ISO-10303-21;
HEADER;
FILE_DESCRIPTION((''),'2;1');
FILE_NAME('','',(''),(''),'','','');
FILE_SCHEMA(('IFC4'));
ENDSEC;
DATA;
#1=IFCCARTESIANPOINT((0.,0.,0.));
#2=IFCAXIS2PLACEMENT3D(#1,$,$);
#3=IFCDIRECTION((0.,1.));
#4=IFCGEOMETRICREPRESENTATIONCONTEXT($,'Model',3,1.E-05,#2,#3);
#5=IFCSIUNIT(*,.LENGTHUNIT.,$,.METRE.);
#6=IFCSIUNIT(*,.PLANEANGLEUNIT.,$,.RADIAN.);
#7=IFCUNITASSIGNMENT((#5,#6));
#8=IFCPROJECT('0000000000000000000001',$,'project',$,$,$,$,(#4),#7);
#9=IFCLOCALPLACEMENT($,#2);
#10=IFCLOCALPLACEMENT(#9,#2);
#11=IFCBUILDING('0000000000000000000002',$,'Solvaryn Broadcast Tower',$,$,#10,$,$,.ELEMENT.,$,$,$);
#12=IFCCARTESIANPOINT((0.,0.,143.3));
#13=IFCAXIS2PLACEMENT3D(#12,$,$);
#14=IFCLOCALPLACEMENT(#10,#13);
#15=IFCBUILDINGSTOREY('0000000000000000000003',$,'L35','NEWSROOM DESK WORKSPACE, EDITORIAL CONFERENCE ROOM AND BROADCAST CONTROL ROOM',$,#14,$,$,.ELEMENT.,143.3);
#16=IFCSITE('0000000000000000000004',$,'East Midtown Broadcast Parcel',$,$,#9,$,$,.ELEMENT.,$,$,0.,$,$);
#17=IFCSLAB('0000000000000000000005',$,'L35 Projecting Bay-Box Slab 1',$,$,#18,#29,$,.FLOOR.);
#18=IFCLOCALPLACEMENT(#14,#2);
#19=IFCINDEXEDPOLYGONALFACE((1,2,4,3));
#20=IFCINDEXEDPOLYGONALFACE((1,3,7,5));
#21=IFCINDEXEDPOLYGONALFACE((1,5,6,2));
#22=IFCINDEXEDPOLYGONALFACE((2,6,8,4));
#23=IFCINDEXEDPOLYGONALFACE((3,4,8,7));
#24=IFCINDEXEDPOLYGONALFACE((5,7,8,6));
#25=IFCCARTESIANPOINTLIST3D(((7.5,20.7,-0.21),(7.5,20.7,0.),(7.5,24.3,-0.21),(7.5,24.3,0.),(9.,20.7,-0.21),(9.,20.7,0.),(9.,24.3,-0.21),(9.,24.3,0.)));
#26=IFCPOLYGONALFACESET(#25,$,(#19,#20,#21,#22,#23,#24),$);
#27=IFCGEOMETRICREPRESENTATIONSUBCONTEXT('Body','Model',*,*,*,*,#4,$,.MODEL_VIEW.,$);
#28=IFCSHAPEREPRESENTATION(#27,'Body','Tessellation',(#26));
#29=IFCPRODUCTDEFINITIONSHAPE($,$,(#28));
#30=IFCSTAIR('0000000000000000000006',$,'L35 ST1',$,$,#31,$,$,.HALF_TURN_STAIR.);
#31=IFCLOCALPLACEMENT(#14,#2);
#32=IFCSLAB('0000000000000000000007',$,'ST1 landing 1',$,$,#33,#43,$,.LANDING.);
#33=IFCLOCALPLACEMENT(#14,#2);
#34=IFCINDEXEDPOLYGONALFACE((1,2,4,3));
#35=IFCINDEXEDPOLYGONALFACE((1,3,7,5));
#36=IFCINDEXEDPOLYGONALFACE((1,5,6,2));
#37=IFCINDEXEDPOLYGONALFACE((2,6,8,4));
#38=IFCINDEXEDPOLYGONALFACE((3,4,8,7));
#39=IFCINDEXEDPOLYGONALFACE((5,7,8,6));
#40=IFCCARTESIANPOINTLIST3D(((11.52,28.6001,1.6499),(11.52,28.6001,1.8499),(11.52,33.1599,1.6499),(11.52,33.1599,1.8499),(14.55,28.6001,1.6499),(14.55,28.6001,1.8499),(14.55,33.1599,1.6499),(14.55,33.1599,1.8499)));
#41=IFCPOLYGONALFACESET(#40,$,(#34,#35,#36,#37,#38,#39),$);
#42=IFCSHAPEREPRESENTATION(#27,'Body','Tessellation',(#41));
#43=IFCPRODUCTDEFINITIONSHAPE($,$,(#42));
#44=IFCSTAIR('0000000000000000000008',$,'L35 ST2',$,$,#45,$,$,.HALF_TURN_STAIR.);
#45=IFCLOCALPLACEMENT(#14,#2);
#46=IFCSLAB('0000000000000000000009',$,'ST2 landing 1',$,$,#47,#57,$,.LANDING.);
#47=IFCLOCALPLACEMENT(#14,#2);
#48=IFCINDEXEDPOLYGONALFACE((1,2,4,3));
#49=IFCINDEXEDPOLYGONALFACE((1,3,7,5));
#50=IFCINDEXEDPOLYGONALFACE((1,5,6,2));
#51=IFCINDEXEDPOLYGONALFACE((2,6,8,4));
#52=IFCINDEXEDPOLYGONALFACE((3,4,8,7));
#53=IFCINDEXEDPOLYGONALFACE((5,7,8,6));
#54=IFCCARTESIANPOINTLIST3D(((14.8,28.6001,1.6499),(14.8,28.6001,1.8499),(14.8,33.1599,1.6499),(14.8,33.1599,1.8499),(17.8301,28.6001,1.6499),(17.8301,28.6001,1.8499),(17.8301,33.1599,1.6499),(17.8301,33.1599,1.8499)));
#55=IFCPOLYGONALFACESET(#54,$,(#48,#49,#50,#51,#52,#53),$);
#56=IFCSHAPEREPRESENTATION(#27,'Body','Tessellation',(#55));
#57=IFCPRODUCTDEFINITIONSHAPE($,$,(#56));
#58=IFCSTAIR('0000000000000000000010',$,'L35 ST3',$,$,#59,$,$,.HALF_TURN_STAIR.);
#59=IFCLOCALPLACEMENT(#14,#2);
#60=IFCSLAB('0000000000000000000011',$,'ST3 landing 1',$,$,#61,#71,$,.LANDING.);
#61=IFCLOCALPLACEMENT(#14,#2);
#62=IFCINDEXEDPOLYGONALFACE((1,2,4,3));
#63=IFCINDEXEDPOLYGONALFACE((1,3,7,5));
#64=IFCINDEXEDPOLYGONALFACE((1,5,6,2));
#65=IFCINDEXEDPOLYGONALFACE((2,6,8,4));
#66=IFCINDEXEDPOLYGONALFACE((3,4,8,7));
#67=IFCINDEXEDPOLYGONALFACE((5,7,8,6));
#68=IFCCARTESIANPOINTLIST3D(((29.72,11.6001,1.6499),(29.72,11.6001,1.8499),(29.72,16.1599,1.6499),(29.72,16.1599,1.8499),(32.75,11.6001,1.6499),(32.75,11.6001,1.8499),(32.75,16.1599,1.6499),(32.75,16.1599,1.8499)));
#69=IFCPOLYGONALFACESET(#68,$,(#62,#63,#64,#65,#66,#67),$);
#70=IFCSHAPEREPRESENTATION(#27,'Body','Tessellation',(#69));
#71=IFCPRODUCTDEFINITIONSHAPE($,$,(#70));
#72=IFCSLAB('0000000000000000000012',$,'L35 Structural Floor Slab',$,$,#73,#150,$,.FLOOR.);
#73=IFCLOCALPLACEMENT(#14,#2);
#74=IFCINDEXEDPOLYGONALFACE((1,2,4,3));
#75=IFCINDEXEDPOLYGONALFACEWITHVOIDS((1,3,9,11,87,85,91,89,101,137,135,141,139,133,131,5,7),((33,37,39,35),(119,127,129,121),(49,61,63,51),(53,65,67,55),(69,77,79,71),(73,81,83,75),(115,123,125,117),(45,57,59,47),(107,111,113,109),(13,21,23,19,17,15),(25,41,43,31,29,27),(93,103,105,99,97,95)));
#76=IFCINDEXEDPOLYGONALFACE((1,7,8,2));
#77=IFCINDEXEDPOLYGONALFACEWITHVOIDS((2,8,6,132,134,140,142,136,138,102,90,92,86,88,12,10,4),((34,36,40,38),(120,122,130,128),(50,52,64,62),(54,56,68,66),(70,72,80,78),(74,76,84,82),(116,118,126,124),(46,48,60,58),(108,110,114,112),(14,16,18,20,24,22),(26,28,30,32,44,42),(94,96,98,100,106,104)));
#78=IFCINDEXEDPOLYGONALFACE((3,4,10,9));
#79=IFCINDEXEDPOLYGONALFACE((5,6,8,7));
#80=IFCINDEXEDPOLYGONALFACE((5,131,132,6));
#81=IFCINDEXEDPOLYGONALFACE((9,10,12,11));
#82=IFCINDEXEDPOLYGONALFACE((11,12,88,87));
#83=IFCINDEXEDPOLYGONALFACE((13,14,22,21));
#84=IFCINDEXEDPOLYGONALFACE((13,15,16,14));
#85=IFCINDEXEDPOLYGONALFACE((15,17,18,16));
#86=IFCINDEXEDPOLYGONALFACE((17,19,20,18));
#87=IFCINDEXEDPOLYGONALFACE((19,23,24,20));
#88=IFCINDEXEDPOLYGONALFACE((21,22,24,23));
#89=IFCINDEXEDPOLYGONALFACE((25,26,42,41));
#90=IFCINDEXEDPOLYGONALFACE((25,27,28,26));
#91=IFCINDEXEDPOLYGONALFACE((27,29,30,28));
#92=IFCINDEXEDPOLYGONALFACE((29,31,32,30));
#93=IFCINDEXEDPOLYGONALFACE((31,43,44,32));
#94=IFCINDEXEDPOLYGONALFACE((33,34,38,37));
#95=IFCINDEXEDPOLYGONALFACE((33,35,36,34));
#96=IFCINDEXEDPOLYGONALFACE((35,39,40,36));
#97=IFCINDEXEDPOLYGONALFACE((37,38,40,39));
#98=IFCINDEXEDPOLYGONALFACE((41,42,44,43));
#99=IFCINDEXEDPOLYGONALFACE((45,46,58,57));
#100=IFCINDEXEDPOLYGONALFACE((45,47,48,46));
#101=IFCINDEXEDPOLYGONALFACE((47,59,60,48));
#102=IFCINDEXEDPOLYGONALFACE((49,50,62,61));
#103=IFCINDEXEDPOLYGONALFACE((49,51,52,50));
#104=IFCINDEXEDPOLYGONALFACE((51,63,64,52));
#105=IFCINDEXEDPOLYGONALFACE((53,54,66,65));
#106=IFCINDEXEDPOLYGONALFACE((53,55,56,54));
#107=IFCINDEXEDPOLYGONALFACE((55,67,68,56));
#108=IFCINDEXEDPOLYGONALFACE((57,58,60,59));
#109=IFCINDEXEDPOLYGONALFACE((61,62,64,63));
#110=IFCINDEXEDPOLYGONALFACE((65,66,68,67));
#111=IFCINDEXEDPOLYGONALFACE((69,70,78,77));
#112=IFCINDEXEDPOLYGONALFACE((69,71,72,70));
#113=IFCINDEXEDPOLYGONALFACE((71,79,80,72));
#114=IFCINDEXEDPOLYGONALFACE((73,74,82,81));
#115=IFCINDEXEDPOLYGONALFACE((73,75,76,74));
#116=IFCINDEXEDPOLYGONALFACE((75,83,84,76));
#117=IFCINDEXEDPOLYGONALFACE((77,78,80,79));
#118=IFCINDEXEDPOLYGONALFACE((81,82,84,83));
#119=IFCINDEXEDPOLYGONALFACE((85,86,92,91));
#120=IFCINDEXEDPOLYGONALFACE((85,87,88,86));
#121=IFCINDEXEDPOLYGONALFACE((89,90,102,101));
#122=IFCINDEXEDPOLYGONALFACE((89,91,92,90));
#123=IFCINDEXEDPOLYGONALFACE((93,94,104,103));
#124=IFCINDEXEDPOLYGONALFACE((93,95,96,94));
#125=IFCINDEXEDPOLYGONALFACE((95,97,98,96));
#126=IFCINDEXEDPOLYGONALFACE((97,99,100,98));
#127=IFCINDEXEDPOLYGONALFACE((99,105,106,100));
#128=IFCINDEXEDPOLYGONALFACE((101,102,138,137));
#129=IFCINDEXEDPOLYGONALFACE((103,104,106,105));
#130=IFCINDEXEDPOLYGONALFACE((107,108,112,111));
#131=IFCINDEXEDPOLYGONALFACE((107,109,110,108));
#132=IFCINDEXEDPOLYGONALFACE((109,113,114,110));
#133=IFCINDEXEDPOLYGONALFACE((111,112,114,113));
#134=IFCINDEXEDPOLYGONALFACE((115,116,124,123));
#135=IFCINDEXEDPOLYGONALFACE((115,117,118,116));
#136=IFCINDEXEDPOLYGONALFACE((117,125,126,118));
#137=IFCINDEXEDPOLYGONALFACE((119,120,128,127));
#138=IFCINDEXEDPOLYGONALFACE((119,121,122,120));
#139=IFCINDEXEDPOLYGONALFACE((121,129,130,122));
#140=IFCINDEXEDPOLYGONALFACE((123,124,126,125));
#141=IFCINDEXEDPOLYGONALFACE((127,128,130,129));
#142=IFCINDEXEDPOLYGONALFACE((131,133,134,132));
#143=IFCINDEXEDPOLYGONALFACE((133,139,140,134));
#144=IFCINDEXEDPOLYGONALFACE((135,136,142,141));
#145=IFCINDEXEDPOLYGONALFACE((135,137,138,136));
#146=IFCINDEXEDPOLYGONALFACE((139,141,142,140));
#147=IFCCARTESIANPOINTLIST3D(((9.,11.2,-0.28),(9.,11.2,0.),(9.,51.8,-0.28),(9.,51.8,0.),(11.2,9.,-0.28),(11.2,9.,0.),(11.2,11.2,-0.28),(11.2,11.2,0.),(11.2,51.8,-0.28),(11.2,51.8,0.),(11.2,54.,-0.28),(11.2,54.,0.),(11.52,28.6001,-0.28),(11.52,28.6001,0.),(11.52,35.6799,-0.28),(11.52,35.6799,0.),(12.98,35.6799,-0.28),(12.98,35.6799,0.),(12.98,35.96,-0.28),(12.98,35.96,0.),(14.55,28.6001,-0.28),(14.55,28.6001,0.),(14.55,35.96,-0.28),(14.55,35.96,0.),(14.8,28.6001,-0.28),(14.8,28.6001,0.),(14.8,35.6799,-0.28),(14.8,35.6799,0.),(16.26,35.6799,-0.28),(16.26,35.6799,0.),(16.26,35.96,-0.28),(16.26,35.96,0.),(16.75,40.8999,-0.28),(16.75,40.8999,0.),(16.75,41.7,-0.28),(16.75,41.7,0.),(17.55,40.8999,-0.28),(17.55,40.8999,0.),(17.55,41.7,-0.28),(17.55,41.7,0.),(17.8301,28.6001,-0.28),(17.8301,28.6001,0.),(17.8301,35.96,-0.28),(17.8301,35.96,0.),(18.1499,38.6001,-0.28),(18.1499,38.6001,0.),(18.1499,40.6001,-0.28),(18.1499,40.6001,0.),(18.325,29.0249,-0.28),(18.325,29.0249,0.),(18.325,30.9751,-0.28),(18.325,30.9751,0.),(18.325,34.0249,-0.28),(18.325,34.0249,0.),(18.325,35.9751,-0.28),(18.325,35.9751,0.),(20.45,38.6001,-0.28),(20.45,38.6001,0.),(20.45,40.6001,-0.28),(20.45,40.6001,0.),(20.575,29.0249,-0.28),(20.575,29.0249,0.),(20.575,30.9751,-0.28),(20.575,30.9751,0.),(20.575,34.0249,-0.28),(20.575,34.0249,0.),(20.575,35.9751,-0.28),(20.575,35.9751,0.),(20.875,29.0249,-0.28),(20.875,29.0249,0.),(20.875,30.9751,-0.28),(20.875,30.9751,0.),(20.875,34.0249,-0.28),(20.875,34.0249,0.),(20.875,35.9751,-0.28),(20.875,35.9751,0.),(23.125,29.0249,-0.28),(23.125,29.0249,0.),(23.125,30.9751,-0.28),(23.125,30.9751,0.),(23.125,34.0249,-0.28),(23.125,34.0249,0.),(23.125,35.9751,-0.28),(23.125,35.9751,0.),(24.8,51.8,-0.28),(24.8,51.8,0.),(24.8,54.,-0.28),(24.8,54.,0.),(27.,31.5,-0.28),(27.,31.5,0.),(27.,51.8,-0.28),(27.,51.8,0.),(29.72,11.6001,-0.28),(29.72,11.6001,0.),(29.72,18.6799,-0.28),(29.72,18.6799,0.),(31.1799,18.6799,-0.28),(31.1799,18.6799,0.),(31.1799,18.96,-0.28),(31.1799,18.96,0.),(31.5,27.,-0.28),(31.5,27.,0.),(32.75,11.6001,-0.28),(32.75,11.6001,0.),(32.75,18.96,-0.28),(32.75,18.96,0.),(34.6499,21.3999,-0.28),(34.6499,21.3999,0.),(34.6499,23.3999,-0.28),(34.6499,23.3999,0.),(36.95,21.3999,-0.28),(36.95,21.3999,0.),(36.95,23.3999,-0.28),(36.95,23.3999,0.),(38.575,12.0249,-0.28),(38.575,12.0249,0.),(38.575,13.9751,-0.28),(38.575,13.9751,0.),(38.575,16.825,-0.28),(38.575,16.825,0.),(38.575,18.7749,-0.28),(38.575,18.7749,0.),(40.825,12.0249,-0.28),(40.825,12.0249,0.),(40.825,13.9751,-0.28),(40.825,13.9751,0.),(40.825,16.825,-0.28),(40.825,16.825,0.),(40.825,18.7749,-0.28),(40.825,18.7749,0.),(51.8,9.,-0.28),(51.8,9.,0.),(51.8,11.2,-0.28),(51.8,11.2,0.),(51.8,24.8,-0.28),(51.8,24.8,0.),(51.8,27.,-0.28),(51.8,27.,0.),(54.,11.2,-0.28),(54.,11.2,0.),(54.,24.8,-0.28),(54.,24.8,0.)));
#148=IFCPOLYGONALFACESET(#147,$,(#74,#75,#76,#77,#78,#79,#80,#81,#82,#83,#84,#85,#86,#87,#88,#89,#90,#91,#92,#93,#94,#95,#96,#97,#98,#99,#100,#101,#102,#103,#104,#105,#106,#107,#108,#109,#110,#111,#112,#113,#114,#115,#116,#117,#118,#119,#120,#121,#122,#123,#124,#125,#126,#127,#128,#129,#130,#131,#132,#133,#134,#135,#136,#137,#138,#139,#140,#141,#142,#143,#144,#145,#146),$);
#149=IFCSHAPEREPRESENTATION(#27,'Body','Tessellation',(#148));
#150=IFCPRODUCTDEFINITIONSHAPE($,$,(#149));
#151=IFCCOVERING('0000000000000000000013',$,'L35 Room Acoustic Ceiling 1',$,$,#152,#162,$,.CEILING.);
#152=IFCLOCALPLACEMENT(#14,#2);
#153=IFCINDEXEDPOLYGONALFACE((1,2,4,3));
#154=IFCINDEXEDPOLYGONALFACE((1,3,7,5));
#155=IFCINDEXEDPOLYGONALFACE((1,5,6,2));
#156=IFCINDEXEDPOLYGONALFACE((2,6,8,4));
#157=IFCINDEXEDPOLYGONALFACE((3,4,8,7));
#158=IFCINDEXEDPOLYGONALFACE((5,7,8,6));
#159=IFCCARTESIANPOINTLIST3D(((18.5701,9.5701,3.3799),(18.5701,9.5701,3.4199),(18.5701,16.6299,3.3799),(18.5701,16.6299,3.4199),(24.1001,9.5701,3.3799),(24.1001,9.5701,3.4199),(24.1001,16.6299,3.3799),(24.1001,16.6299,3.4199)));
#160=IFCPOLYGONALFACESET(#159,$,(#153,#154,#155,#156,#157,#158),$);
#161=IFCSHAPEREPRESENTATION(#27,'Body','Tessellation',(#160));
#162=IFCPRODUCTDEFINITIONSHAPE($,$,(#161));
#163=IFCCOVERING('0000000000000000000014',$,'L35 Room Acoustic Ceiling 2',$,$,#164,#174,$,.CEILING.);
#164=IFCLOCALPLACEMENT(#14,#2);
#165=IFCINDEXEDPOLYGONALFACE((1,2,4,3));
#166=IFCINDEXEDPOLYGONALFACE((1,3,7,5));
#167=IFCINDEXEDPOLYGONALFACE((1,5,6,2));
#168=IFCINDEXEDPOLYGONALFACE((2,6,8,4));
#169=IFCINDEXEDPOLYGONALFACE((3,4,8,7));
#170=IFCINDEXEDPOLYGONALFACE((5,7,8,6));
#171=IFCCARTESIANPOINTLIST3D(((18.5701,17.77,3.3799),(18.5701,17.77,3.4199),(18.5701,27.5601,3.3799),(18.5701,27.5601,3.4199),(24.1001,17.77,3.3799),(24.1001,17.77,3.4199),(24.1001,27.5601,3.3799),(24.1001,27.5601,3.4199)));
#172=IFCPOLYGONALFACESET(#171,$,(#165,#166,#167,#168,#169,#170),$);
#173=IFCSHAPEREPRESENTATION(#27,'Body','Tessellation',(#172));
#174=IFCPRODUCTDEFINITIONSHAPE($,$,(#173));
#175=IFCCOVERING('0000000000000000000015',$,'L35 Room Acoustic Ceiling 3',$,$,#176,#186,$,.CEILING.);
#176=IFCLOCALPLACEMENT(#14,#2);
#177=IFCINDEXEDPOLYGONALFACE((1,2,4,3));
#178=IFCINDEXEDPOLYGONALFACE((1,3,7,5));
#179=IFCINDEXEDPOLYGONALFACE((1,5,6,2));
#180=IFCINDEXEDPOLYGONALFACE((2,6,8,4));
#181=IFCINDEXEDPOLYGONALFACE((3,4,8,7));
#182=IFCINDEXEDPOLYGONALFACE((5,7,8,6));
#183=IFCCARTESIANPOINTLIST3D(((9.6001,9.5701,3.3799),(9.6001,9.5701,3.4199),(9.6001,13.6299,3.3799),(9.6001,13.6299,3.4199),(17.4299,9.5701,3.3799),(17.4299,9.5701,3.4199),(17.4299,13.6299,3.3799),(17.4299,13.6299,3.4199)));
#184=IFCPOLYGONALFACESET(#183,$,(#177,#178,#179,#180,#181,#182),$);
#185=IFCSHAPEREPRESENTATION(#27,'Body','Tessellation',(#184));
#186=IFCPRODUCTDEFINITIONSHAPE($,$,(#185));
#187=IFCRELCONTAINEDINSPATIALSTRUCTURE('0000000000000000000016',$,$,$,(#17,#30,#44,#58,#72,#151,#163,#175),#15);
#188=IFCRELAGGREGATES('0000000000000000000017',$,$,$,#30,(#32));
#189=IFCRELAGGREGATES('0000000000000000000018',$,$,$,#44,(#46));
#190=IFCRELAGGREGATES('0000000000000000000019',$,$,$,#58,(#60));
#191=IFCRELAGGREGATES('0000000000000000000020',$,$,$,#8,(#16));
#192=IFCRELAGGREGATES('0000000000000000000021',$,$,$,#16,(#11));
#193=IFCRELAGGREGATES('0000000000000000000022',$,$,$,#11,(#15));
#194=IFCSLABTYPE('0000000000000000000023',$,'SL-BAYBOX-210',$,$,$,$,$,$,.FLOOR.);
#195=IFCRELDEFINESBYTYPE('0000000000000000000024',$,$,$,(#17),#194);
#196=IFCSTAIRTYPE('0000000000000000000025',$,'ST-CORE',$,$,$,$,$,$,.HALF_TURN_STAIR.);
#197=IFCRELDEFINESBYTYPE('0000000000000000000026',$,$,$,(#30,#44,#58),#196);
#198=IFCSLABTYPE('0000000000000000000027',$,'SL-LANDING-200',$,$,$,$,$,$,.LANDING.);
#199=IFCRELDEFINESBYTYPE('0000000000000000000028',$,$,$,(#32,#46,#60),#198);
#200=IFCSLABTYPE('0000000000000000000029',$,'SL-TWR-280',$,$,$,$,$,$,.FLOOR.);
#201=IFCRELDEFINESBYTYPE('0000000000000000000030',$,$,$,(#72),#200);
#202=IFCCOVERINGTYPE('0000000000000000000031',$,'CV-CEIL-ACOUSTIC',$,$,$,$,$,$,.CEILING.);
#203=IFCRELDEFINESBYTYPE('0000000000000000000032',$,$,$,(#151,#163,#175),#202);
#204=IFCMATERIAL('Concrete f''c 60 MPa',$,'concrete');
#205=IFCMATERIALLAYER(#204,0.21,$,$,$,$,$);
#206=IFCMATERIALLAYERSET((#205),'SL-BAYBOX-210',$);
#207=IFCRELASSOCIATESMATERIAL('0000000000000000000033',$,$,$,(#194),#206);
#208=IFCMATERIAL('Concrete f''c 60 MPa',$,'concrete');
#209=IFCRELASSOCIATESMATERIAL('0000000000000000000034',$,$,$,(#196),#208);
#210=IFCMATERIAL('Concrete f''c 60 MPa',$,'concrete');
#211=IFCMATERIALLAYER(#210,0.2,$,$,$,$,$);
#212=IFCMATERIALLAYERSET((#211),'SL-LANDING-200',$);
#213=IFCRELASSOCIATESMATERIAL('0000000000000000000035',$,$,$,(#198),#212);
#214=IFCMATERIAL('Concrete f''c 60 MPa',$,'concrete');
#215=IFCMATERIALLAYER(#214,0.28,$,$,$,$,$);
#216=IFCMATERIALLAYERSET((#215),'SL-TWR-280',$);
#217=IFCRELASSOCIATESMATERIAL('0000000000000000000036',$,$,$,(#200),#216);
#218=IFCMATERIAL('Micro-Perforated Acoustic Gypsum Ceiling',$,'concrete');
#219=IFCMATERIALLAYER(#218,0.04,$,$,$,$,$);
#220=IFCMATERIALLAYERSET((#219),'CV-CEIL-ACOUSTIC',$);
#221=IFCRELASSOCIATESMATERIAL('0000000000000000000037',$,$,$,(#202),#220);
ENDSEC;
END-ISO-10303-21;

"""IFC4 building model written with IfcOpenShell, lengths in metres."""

from ifc_helpers import new_model, si_unit, direction, frame, origin, place, context, subcontext, project, spatial, polyline, outline, extrude, material, layer, layer_set, type_object, element, aggregate, save


model = new_model("IFC4")

# Units and contexts
model_context = context("Model", 3, precision=1e-05, world=origin(), true_north=direction((0.0, 1.0)))
body_context = subcontext(model_context, "Body", "Model", "MODEL_VIEW")
ifc_project = project(units=[si_unit("LENGTHUNIT", "METRE"), si_unit("PLANEANGLEUNIT", "RADIAN")], contexts=[model_context])

# Site, building, storey
site_placement = place(None, origin())
site = spatial("IfcSite", under=ifc_project, at=site_placement, Name="East Midtown Broadcast Parcel", CompositionType="ELEMENT", RefElevation=0.0)
building_placement = place(site_placement, origin())
building = spatial("IfcBuilding", under=site, at=building_placement, Name="Solvaryn Broadcast Tower", CompositionType="ELEMENT")
storey_placement = place(building_placement, frame((0.0, 0.0, 143.3)))
storey = spatial("IfcBuildingStorey", under=building, at=storey_placement, Name="L35", Description="NEWSROOM DESK WORKSPACE, EDITORIAL CONFERENCE ROOM AND BROADCAST CONTROL ROOM", CompositionType="ELEMENT", Elevation=143.3)

# Slab
ifc_material_1 = material(Name="Concrete f'c 60 MPa", Category="concrete")
ifc_layer_1 = layer(ifc_material_1, 0.21)
ifc_layer_set_1 = layer_set([ifc_layer_1], Name="SL-BAYBOX-210")
slab_type_1 = type_object("IfcSlabType", Name="SL-BAYBOX-210", PredefinedType="FLOOR", material=ifc_layer_set_1)
slab_1_placement = place(storey_placement, frame((0.0, 0.0, -0.21)))
element("IfcSlab", 1, at=slab_1_placement, inside=storey, type_object=slab_type_1, Name="L35 Projecting Bay-Box Slab 1", PredefinedType="FLOOR", context=body_context, shape_type="SweptSolid", body=[
    extrude(outline(polyline([(7.5, 20.7), (9.0, 20.7), (9.0, 24.3), (7.5, 24.3), (7.5, 20.7)])), origin(), (0.0, 0.0, 1.0), 0.21),
])

# Stairs, slabs
ifc_material_2 = material(Name="Concrete f'c 60 MPa", Category="concrete")
stair_type = type_object("IfcStairType", Name="ST-CORE", PredefinedType="HALF_TURN_STAIR", material=ifc_material_2)
stair_1_placement = place(storey_placement, origin())
stair_1 = element("IfcStair", 2, at=stair_1_placement, inside=storey, type_object=stair_type, Name="L35 ST1", PredefinedType="HALF_TURN_STAIR")
ifc_material_3 = material(Name="Concrete f'c 60 MPa", Category="concrete")
ifc_layer_2 = layer(ifc_material_3, 0.2)
ifc_layer_set_2 = layer_set([ifc_layer_2], Name="SL-LANDING-200")
slab_type_2 = type_object("IfcSlabType", Name="SL-LANDING-200", PredefinedType="LANDING", material=ifc_layer_set_2)
slab_2_placement = place(storey_placement, frame((0.0, 0.0, 1.6499)))
slab_2 = element("IfcSlab", 3, at=slab_2_placement, type_object=slab_type_2, Name="ST1 landing 1", PredefinedType="LANDING", context=body_context, shape_type="SweptSolid", body=[
    extrude(outline(polyline([(11.52, 33.1599), (11.52, 28.6001), (14.55, 28.6001), (14.55, 33.1599), (11.52, 33.1599)])), origin(), (0.0, 0.0, 1.0), 0.2),
])
aggregate(stair_1, [slab_2])
stair_2_placement = place(storey_placement, origin())
stair_2 = element("IfcStair", 4, at=stair_2_placement, inside=storey, type_object=stair_type, Name="L35 ST2", PredefinedType="HALF_TURN_STAIR")
slab_3_placement = place(storey_placement, frame((0.0, 0.0, 1.6499)))
slab_3 = element("IfcSlab", 5, at=slab_3_placement, type_object=slab_type_2, Name="ST2 landing 1", PredefinedType="LANDING", context=body_context, shape_type="SweptSolid", body=[
    extrude(outline(polyline([(14.8, 33.1599), (14.8, 28.6001), (17.8301, 28.6001), (17.8301, 33.1599), (14.8, 33.1599)])), origin(), (0.0, 0.0, 1.0), 0.2),
])
aggregate(stair_2, [slab_3])
stair_3_placement = place(storey_placement, origin())
stair_3 = element("IfcStair", 6, at=stair_3_placement, inside=storey, type_object=stair_type, Name="L35 ST3", PredefinedType="HALF_TURN_STAIR")
slab_4_placement = place(storey_placement, frame((0.0, 0.0, 1.6499)))
slab_4 = element("IfcSlab", 7, at=slab_4_placement, type_object=slab_type_2, Name="ST3 landing 1", PredefinedType="LANDING", context=body_context, shape_type="SweptSolid", body=[
    extrude(outline(polyline([(29.72, 16.1599), (29.72, 11.6001), (32.75, 11.6001), (32.75, 16.1599), (29.72, 16.1599)])), origin(), (0.0, 0.0, 1.0), 0.2),
])
aggregate(stair_3, [slab_4])

# Slab
ifc_material_4 = material(Name="Concrete f'c 60 MPa", Category="concrete")
ifc_layer_3 = layer(ifc_material_4, 0.28)
ifc_layer_set_3 = layer_set([ifc_layer_3], Name="SL-TWR-280")
slab_type_3 = type_object("IfcSlabType", Name="SL-TWR-280", PredefinedType="FLOOR", material=ifc_layer_set_3)
slab_5_placement = place(storey_placement, frame((0.0, 0.0, -0.28)))
element("IfcSlab", 8, at=slab_5_placement, inside=storey, type_object=slab_type_3, Name="L35 Structural Floor Slab", PredefinedType="FLOOR", context=body_context, shape_type="SweptSolid", body=[
    extrude(outline(polyline([(11.2, 9.0), (51.8, 9.0), (51.8, 11.2), (54.0, 11.2), (54.0, 24.8), (51.8, 24.8), (51.8, 27.0), (31.5, 27.0), (27.0, 31.5), (27.0, 51.8), (24.8, 51.8), (24.8, 54.0), (11.2, 54.0), (11.2, 51.8), (9.0, 51.8), (9.0, 11.2), (11.2, 11.2), (11.2, 9.0)]), holes=[polyline([(11.52, 28.6001), (14.55, 28.6001), (14.55, 35.96), (12.98, 35.96), (12.98, 35.6799), (11.52, 35.6799), (11.52, 28.6001)]), polyline([(14.8, 28.6001), (17.8301, 28.6001), (17.8301, 35.96), (16.26, 35.96), (16.26, 35.6799), (14.8, 35.6799), (14.8, 28.6001)]), polyline([(29.72, 11.6001), (32.75, 11.6001), (32.75, 18.96), (31.1799, 18.96), (31.1799, 18.6799), (29.72, 18.6799), (29.72, 11.6001)]), polyline([(18.1499, 38.6001), (20.45, 38.6001), (20.45, 40.6001), (18.1499, 40.6001), (18.1499, 38.6001)]), polyline([(18.325, 29.0249), (20.575, 29.0249), (20.575, 30.9751), (18.325, 30.9751), (18.325, 29.0249)]), polyline([(20.875, 29.0249), (23.125, 29.0249), (23.125, 30.9751), (20.875, 30.9751), (20.875, 29.0249)]), polyline([(18.325, 34.0249), (20.575, 34.0249), (20.575, 35.9751), (18.325, 35.9751), (18.325, 34.0249)]), polyline([(20.875, 34.0249), (23.125, 34.0249), (23.125, 35.9751), (20.875, 35.9751), (20.875, 34.0249)]), polyline([(34.6499, 21.3999), (36.95, 21.3999), (36.95, 23.3999), (34.6499, 23.3999), (34.6499, 21.3999)]), polyline([(38.575, 12.0249), (40.825, 12.0249), (40.825, 13.9751), (38.575, 13.9751), (38.575, 12.0249)]), polyline([(38.575, 16.825), (40.825, 16.825), (40.825, 18.7749), (38.575, 18.7749), (38.575, 16.825)]), polyline([(16.75, 40.8999), (17.55, 40.8999), (17.55, 41.7), (16.75, 41.7), (16.75, 40.8999)])]), origin(), (0.0, 0.0, 1.0), 0.28),
])

# Coverings
ifc_material_5 = material(Name="Micro-Perforated Acoustic Gypsum Ceiling", Category="concrete")
ifc_layer_4 = layer(ifc_material_5, 0.04)
ifc_layer_set_4 = layer_set([ifc_layer_4], Name="CV-CEIL-ACOUSTIC")
covering_type_1 = type_object("IfcCoveringType", Name="CV-CEIL-ACOUSTIC", PredefinedType="CEILING", material=ifc_layer_set_4)
covering_1_placement = place(storey_placement, frame((0.0, 0.0, 3.3799)))
element("IfcCovering", 9, at=covering_1_placement, inside=storey, type_object=covering_type_1, Name="L35 Room Acoustic Ceiling 1", PredefinedType="CEILING", context=body_context, shape_type="SweptSolid", body=[
    extrude(outline(polyline([(18.5701, 9.5701), (24.1001, 9.5701), (24.1001, 16.6299), (18.5701, 16.6299), (18.5701, 9.5701)])), origin(), (0.0, 0.0, 1.0), 0.04),
])
covering_2_placement = place(storey_placement, frame((0.0, 0.0, 3.3799)))
element("IfcCovering", 10, at=covering_2_placement, inside=storey, type_object=covering_type_1, Name="L35 Room Acoustic Ceiling 2", PredefinedType="CEILING", context=body_context, shape_type="SweptSolid", body=[
    extrude(outline(polyline([(18.5701, 17.77), (24.1001, 17.77), (24.1001, 27.5601), (18.5701, 27.5601), (18.5701, 17.77)])), origin(), (0.0, 0.0, 1.0), 0.04),
])
covering_3_placement = place(storey_placement, frame((0.0, 0.0, 3.3799)))
element("IfcCovering", 11, at=covering_3_placement, inside=storey, type_object=covering_type_1, Name="L35 Room Acoustic Ceiling 3", PredefinedType="CEILING", context=body_context, shape_type="SweptSolid", body=[
    extrude(outline(polyline([(9.6001, 9.5701), (17.4299, 9.5701), (17.4299, 13.6299), (9.6001, 13.6299), (9.6001, 9.5701)])), origin(), (0.0, 0.0, 1.0), 0.04),
])

save(model, "model.ifc")
